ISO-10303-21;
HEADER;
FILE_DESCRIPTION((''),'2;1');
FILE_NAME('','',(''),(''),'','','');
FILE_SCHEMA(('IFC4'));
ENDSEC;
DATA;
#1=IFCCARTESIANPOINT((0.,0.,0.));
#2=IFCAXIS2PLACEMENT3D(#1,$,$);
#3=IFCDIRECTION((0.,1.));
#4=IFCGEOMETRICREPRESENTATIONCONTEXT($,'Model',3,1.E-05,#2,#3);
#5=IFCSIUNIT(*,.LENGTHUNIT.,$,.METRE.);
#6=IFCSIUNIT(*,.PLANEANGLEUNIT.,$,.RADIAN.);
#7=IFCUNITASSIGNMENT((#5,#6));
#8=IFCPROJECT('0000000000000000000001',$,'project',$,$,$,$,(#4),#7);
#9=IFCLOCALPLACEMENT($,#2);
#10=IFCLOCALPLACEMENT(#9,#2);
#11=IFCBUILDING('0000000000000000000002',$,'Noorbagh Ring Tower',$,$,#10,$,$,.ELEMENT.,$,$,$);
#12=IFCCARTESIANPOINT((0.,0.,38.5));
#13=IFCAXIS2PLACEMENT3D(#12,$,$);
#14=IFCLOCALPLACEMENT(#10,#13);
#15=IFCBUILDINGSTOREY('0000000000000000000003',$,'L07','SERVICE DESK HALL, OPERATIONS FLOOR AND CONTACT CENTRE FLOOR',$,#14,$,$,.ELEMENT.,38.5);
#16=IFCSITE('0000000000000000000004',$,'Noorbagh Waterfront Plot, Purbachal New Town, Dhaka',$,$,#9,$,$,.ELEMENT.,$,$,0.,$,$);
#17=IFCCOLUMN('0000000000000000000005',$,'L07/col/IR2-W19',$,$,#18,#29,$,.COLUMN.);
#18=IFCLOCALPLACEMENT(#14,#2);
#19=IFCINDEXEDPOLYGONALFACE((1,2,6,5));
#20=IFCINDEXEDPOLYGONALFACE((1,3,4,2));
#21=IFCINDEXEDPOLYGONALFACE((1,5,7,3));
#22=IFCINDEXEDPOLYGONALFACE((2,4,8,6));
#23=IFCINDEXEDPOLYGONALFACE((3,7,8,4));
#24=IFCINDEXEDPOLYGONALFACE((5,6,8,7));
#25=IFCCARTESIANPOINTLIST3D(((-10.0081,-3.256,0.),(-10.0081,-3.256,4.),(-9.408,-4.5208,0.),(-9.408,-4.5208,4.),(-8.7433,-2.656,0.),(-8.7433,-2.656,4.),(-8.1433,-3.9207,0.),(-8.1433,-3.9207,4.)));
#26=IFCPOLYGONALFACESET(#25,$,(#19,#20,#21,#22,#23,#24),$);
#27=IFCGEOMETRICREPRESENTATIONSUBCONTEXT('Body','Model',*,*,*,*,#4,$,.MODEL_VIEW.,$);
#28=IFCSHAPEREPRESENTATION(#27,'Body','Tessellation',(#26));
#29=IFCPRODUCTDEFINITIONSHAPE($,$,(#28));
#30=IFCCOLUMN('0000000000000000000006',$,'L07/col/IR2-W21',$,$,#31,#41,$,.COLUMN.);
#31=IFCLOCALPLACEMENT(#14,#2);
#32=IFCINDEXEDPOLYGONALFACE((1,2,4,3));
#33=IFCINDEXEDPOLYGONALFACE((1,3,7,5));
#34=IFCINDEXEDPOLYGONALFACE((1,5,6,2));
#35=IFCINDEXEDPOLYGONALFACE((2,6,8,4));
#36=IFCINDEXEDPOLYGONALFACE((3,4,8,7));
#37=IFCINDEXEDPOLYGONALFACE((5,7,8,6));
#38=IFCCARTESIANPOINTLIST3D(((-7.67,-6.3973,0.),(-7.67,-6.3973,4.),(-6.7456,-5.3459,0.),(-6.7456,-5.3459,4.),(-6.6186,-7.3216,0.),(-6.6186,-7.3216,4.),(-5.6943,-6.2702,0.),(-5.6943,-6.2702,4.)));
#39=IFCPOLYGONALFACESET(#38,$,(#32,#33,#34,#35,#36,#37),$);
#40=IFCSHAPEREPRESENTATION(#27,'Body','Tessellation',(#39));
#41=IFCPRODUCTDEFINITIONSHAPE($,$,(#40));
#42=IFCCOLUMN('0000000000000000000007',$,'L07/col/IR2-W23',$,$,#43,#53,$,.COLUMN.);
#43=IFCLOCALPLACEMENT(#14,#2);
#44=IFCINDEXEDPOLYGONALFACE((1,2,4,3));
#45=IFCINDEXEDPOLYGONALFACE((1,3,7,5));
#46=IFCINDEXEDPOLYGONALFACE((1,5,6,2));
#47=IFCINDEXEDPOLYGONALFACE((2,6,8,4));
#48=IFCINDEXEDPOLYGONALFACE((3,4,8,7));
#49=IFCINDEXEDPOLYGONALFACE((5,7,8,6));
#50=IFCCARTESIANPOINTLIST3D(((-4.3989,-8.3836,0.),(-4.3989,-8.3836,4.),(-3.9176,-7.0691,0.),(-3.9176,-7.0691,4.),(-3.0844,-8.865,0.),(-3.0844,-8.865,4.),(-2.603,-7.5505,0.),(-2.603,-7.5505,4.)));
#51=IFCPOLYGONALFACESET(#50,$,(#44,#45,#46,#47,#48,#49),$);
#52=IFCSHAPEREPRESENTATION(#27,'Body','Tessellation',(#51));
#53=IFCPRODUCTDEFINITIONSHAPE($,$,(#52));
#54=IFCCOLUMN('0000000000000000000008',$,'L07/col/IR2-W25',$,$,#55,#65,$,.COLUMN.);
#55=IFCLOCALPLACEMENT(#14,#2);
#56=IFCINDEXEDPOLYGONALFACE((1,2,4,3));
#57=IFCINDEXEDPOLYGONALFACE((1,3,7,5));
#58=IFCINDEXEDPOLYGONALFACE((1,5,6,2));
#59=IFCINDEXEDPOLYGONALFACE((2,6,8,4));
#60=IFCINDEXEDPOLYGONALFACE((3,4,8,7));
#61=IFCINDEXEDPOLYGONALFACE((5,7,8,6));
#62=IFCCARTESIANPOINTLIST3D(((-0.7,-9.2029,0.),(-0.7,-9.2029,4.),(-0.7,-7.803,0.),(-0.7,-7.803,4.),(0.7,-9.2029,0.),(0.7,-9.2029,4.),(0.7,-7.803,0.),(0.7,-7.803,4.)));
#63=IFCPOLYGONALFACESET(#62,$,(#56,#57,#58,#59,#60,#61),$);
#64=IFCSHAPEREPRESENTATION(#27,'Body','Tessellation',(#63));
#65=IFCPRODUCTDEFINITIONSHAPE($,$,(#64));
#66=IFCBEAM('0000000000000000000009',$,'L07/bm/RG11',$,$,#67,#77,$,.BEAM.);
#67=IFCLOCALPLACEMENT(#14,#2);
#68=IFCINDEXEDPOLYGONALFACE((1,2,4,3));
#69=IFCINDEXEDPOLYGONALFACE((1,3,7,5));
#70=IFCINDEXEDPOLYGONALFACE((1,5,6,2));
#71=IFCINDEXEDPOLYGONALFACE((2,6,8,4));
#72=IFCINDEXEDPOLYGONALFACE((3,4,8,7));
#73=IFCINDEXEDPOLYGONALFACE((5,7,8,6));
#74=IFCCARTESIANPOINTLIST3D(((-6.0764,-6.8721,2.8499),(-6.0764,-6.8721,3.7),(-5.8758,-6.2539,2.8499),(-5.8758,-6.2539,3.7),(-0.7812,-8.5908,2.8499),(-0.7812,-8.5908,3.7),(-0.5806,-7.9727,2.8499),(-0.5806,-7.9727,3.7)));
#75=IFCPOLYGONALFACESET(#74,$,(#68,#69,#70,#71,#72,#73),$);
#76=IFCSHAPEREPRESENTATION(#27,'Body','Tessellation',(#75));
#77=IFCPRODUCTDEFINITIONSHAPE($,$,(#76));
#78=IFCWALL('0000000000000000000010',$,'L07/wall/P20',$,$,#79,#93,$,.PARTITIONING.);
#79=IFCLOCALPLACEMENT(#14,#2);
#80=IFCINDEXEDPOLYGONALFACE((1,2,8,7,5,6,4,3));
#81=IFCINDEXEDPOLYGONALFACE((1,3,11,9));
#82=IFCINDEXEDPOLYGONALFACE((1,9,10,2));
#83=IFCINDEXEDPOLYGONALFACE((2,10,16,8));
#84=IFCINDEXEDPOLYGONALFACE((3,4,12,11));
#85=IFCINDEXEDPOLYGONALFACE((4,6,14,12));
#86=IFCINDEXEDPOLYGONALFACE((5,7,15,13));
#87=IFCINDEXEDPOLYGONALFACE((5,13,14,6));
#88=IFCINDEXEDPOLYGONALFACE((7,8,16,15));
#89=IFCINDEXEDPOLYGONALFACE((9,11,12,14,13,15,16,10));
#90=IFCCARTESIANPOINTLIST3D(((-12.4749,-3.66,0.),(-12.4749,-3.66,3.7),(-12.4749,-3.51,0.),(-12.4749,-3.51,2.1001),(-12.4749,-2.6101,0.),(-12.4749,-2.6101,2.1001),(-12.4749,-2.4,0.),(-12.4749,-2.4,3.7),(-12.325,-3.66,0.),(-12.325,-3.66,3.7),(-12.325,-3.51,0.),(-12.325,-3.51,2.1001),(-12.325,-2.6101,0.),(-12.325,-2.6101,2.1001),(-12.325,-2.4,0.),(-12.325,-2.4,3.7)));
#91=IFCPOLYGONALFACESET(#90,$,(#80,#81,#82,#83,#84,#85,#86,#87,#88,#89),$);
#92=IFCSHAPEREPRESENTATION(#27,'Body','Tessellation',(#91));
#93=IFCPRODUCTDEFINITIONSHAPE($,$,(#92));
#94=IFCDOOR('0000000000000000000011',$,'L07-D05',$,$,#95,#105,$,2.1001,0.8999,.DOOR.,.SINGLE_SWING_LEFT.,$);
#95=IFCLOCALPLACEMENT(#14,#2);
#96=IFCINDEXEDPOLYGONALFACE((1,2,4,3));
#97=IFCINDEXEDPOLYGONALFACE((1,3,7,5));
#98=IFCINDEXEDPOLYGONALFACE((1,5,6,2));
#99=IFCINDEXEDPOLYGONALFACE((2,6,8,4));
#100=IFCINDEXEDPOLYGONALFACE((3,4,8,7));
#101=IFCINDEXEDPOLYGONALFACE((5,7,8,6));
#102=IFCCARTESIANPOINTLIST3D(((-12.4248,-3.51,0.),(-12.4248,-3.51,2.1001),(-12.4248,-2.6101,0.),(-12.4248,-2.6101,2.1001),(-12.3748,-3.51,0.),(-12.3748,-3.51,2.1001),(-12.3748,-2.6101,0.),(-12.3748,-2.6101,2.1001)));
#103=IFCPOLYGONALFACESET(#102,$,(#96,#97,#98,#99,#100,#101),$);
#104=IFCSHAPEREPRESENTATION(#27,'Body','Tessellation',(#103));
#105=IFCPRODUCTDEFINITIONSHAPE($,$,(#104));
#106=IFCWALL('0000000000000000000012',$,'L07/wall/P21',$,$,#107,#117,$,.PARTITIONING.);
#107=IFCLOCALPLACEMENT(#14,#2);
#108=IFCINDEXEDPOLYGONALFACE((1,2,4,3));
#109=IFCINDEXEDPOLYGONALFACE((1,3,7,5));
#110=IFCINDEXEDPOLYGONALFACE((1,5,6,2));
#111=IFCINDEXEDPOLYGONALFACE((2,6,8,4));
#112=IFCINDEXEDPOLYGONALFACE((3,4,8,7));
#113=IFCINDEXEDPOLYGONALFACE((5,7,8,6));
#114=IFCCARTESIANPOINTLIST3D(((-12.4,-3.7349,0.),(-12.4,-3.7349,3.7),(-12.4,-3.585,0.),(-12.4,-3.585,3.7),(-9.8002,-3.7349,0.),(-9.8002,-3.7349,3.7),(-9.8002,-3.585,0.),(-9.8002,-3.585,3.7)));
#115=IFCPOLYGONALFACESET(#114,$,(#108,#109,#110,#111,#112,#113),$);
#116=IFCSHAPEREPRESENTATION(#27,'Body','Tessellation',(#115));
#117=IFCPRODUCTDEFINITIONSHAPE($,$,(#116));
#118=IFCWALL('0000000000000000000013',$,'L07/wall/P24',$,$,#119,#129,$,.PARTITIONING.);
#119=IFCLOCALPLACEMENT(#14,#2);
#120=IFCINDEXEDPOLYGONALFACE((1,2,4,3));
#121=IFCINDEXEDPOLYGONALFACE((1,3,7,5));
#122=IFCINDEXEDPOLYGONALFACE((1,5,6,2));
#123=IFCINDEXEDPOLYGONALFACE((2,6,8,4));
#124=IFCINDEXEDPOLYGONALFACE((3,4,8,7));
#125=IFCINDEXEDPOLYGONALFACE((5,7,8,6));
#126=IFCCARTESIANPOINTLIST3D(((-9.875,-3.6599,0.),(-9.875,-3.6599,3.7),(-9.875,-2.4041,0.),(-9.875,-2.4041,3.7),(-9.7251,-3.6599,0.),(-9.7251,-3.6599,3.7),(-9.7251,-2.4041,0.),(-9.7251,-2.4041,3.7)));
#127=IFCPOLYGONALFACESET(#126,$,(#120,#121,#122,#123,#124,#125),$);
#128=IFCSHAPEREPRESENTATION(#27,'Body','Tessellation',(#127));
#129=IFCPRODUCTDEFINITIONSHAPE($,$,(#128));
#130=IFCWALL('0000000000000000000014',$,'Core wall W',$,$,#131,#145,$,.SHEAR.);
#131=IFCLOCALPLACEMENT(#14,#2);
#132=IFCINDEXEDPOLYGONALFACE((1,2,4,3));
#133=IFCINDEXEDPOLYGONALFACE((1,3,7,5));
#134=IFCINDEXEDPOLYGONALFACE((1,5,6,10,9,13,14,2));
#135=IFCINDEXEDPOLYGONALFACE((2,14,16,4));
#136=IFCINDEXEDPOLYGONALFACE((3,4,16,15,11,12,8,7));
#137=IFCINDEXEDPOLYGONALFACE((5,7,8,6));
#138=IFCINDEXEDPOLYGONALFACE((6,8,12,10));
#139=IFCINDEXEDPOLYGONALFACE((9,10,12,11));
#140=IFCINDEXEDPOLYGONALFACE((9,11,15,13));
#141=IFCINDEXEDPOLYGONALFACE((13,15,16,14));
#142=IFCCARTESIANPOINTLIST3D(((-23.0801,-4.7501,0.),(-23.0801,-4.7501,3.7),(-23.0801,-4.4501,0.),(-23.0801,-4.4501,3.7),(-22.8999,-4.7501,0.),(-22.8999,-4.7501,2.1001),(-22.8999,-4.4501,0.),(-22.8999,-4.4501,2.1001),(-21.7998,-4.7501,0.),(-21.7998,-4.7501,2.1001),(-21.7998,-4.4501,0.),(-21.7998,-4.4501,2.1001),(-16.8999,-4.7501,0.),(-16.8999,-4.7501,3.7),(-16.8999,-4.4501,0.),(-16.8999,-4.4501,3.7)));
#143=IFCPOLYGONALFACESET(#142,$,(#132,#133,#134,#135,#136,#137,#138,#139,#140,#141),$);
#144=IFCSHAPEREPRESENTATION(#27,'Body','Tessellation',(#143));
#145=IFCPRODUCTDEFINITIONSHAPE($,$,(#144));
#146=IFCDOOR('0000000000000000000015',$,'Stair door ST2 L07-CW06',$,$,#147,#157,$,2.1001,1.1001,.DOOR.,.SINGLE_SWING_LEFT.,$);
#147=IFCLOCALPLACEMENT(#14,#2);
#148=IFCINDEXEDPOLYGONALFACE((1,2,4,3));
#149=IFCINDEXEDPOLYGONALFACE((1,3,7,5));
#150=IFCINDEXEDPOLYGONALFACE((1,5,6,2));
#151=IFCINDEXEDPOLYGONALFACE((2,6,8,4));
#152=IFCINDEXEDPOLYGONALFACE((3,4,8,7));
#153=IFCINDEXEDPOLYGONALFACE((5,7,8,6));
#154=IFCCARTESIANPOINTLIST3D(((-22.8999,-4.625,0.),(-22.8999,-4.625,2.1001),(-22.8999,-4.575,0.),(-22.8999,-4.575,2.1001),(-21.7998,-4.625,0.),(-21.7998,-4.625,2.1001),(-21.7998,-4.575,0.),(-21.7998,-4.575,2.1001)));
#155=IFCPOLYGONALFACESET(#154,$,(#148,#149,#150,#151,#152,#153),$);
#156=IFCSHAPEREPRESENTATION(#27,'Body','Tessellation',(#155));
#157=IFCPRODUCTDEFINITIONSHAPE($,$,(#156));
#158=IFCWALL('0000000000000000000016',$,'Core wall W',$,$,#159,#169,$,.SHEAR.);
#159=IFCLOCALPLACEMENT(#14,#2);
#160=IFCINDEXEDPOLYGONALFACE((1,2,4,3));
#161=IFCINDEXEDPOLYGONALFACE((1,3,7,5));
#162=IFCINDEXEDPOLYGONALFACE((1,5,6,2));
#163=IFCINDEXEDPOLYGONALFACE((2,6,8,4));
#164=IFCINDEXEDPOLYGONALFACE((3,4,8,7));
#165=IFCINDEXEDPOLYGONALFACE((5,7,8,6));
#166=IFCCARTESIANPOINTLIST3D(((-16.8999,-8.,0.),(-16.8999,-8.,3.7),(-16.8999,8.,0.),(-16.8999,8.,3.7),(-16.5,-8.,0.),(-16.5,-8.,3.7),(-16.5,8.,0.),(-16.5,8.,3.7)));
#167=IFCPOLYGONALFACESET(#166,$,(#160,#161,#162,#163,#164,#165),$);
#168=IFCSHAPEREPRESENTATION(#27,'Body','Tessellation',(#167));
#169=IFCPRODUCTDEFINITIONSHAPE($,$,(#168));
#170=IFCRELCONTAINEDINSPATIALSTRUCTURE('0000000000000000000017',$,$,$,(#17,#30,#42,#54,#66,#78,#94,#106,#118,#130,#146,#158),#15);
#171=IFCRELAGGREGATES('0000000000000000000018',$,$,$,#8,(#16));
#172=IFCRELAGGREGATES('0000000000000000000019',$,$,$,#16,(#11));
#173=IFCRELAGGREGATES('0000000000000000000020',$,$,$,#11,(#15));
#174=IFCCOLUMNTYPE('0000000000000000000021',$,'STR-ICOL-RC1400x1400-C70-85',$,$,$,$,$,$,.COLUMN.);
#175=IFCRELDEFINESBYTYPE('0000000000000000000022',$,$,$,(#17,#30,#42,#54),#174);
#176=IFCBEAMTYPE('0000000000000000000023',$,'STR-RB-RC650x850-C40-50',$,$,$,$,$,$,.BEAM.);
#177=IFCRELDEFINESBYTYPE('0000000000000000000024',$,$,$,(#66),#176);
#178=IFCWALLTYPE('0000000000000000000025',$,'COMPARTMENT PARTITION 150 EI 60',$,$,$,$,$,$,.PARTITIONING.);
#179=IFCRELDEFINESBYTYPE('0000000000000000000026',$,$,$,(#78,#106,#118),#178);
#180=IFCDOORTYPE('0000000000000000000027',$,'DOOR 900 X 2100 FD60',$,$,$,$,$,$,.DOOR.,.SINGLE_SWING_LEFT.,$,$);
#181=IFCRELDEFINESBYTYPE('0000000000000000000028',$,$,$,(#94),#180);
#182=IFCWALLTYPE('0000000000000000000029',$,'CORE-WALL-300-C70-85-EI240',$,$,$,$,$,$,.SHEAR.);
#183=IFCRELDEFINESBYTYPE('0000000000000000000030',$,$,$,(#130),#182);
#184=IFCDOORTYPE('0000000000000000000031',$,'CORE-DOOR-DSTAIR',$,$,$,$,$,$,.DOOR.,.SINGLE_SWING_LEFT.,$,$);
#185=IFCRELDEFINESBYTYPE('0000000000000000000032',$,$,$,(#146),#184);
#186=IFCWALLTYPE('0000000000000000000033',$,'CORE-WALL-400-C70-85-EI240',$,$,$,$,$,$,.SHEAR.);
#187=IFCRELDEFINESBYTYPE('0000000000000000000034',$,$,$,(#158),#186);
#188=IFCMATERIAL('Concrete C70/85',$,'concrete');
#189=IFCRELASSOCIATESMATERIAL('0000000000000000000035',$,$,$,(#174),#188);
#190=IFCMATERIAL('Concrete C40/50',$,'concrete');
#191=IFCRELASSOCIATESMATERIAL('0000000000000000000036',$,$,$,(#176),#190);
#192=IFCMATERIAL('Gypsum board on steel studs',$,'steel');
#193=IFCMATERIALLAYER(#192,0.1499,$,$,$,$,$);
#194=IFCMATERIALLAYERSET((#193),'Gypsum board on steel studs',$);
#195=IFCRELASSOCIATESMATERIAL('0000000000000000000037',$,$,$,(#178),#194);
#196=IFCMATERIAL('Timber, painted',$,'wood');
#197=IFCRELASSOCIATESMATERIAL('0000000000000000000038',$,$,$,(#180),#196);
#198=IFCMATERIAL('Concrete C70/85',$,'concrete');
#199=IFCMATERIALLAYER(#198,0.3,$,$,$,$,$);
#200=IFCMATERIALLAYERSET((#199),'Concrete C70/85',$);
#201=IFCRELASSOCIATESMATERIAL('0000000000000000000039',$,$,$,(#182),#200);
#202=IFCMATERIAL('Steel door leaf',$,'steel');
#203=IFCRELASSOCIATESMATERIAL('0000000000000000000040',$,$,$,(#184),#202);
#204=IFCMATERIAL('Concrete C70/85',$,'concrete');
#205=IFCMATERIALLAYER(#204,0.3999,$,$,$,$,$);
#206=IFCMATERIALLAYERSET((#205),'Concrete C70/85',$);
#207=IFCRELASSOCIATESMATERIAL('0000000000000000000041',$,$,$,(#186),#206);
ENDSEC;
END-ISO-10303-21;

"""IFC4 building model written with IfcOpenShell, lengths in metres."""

from ifc_helpers import new_model, si_unit, direction, frame, frame_2d, origin, origin_2d, place, context, subcontext, project, spatial, rectangle, extrude, material, layer, layer_set, material_profile, profile_set, type_object, element, fill, save


model = new_model("IFC4")

# Units and contexts
model_context = context("Model", 3, precision=1e-05, world=origin(), true_north=direction((0.0, 1.0)))
body_context = subcontext(model_context, "Body", "Model", "MODEL_VIEW")
ifc_project = project(units=[si_unit("LENGTHUNIT", "METRE"), si_unit("PLANEANGLEUNIT", "RADIAN")], contexts=[model_context])

# Site, building, storey
site_placement = place(None, origin())
site = spatial("IfcSite", under=ifc_project, at=site_placement, Name="Noorbagh Waterfront Plot, Purbachal New Town, Dhaka", CompositionType="ELEMENT", RefElevation=0.0)
building_placement = place(site_placement, origin())
building = spatial("IfcBuilding", under=site, at=building_placement, Name="Noorbagh Ring Tower", CompositionType="ELEMENT")
storey_placement = place(building_placement, frame((0.0, 0.0, 38.5)))
storey = spatial("IfcBuildingStorey", under=building, at=storey_placement, Name="L07", Description="SERVICE DESK HALL, OPERATIONS FLOOR AND CONTACT CENTRE FLOOR", CompositionType="ELEMENT", Elevation=38.5)

# Columns
ifc_material_1 = material(Name="Concrete C70/85", Category="concrete")
ifc_material_profile_1 = material_profile(ifc_material_1, rectangle(XDim=1.3999, YDim=1.3999, at=origin_2d()), Name="RC1400x1400")
ifc_profile_set_1 = profile_set([ifc_material_profile_1], Name="Concrete C70/85")
column_type = type_object("IfcColumnType", Name="STR-ICOL-RC1400x1400-C70-85", PredefinedType="COLUMN", material=ifc_profile_set_1)
for number, where, z_axis, x_axis, name in (
    (1, (-9.0757, -3.5884, 0.0), (0.0, 0.0, 1.0), (0.428667, -0.903463, 0.0), "L07/col/IR2-W19"),
    (2, (-6.6821, -6.3337, 0.0), (0.0, 0.0, 1.0), (0.751022, -0.660277, 0.0), "L07/col/IR2-W21"),
    (3, (-3.501, -7.967, 0.0), (0.0, 0.0, 1.0), (0.93902, -0.343864, 0.0), "L07/col/IR2-W23"),
    (4, (0.0, -8.5029, 0.0), (0.0, 0.0, 1.0), (1.0, 0.0, 0.0), "L07/col/IR2-W25"),
):
    element("IfcColumn", number, at=place(storey_placement, frame(where, z_axis=z_axis, x_axis=x_axis)), inside=storey, type_object=column_type, Name=name, PredefinedType="COLUMN", context=body_context, shape_type="SweptSolid", body=[
        extrude(rectangle(XDim=1.3999, YDim=1.3999, at=origin_2d()), origin(), (0.0, 0.0, 1.0), 4.0),
    ])

# Beam
ifc_material_2 = material(Name="Concrete C40/50", Category="concrete")
ifc_material_profile_2 = material_profile(ifc_material_2, rectangle(XDim=0.6499, YDim=0.8501, at=origin_2d()), Name="RC650x850")
ifc_profile_set_2 = profile_set([ifc_material_profile_2], Name="Concrete C40/50")
beam_type = type_object("IfcBeamType", Name="STR-RB-RC650x850-C40-50", PredefinedType="BEAM", material=ifc_profile_set_2)
beam_placement = place(storey_placement, frame((-5.9761, -6.563, 3.2749), z_axis=(0.951149, -0.308732, 0.0), x_axis=(0.308732, 0.951149, 0.0)))
element("IfcBeam", 5, at=beam_placement, inside=storey, type_object=beam_type, Name="L07/bm/RG11", PredefinedType="BEAM", context=body_context, shape_type="SweptSolid", body=[
    extrude(rectangle(XDim=0.6499, YDim=0.8501, at=origin_2d()), origin(), (0.0, 0.0, 1.0), 5.5671),
])

# Wall, opening, door
ifc_material_3 = material(Name="Gypsum board on steel studs", Category="steel")
ifc_layer_1 = layer(ifc_material_3, 0.1499)
ifc_layer_set_1 = layer_set([ifc_layer_1], Name="Gypsum board on steel studs")
wall_type_1 = type_object("IfcWallType", Name="COMPARTMENT PARTITION 150 EI 60", PredefinedType="PARTITIONING", material=ifc_layer_set_1)
wall_1_placement = place(storey_placement, frame((-12.3999, -3.6599, 0.0), z_axis=(0.0, 0.0, 1.0), x_axis=(0.0, 1.0, 0.0)))
wall_1 = element("IfcWall", 6, at=wall_1_placement, inside=storey, type_object=wall_type_1, Name="L07/wall/P20", PredefinedType="PARTITIONING", context=body_context, shape_type="SweptSolid", body=[
    extrude(rectangle(XDim=1.26, YDim=0.1499, at=frame_2d((0.6299, 0.0))), origin(), (0.0, 0.0, 1.0), 3.7),
])
opening_1_placement = place(wall_1_placement, frame((0.1499, 0.0, 0.0)))
opening_1 = element("IfcOpeningElement", 7, at=opening_1_placement, cuts=wall_1, PredefinedType="OPENING", context=body_context, shape_type="SweptSolid", body=[
    extrude(rectangle(XDim=0.8999, YDim=2.1001, at=frame_2d((0.45, 1.05))), frame((0.0, 0.085, 0.0), z_axis=(0.0, -1.0, 0.0), x_axis=(1.0, 0.0, 0.0)), (0.0, 0.0, 1.0), 0.1699),
])
ifc_material_4 = material(Name="Timber, painted", Category="wood")
door_type_1 = type_object("IfcDoorType", Name="DOOR 900 X 2100 FD60", OperationType="SINGLE_SWING_LEFT", PredefinedType="DOOR", material=ifc_material_4)
door_1_placement = place(opening_1_placement, origin())
door_1 = element("IfcDoor", 8, at=door_1_placement, inside=storey, type_object=door_type_1, Name="L07-D05", OperationType="SINGLE_SWING_LEFT", OverallHeight=2.1001, OverallWidth=0.8999, PredefinedType="DOOR", context=body_context, shape_type="SweptSolid", body=[
    extrude(rectangle(XDim=0.8999, YDim=2.1001, at=frame_2d((0.45, 1.05))), frame((0.0, 0.0249, 0.0), z_axis=(0.0, -1.0, 0.0), x_axis=(1.0, 0.0, 0.0)), (0.0, 0.0, 1.0), 0.05),
])
fill(opening_1, door_1)

# Walls
wall_2_placement = place(storey_placement, frame((-12.3999, -3.6599, 0.0), z_axis=(0.0, 0.0, 1.0), x_axis=(1.0, 0.0, 0.0)))
element("IfcWall", 9, at=wall_2_placement, inside=storey, type_object=wall_type_1, Name="L07/wall/P21", PredefinedType="PARTITIONING", context=body_context, shape_type="SweptSolid", body=[
    extrude(rectangle(XDim=2.5999, YDim=0.1499, at=frame_2d((1.2998, 0.0))), origin(), (0.0, 0.0, 1.0), 3.7),
])
wall_3_placement = place(storey_placement, frame((-9.8, -3.6599, 0.0), z_axis=(0.0, 0.0, 1.0), x_axis=(0.0, 1.0, 0.0)))
element("IfcWall", 10, at=wall_3_placement, inside=storey, type_object=wall_type_1, Name="L07/wall/P24", PredefinedType="PARTITIONING", context=body_context, shape_type="SweptSolid", body=[
    extrude(rectangle(XDim=1.2559, YDim=0.1499, at=frame_2d((0.6279, 0.0))), origin(), (0.0, 0.0, 1.0), 3.7),
])

# Wall, opening, door
ifc_material_5 = material(Name="Concrete C70/85", Category="concrete")
ifc_layer_2 = layer(ifc_material_5, 0.3)
ifc_layer_set_2 = layer_set([ifc_layer_2], Name="Concrete C70/85")
wall_type_2 = type_object("IfcWallType", Name="CORE-WALL-300-C70-85-EI240", PredefinedType="SHEAR", material=ifc_layer_set_2)
wall_4_placement = place(storey_placement, frame((-16.8999, -4.6001, 0.0), z_axis=(0.0, 0.0, 1.0), x_axis=(-1.0, 0.0, 0.0)))
wall_4 = element("IfcWall", 11, at=wall_4_placement, inside=storey, type_object=wall_type_2, Name="Core wall W", PredefinedType="SHEAR", context=body_context, shape_type="SweptSolid", body=[
    extrude(rectangle(XDim=6.1802, YDim=0.3, at=frame_2d((3.0901, 0.0))), origin(), (0.0, 0.0, 1.0), 3.7),
])
opening_2_placement = place(wall_4_placement, frame((4.8999, 0.0, 0.0)))
opening_2 = element("IfcOpeningElement", 12, at=opening_2_placement, cuts=wall_4, PredefinedType="OPENING", context=body_context, shape_type="SweptSolid", body=[
    extrude(rectangle(XDim=1.1001, YDim=2.1001, at=frame_2d((0.55, 1.05))), frame((0.0, 0.1602, 0.0), z_axis=(0.0, -1.0, 0.0), x_axis=(1.0, 0.0, 0.0)), (0.0, 0.0, 1.0), 0.3201),
])
ifc_material_6 = material(Name="Steel door leaf", Category="steel")
door_type_2 = type_object("IfcDoorType", Name="CORE-DOOR-DSTAIR", OperationType="SINGLE_SWING_LEFT", PredefinedType="DOOR", material=ifc_material_6)
door_2_placement = place(opening_2_placement, origin())
door_2 = element("IfcDoor", 13, at=door_2_placement, inside=storey, type_object=door_type_2, Name="Stair door ST2 L07-CW06", OperationType="SINGLE_SWING_LEFT", OverallHeight=2.1001, OverallWidth=1.1001, PredefinedType="DOOR", context=body_context, shape_type="SweptSolid", body=[
    extrude(rectangle(XDim=1.1001, YDim=2.1001, at=frame_2d((0.55, 1.05))), frame((0.0, 0.0249, 0.0), z_axis=(0.0, -1.0, 0.0), x_axis=(1.0, 0.0, 0.0)), (0.0, 0.0, 1.0), 0.05),
])
fill(opening_2, door_2)

# Wall
ifc_material_7 = material(Name="Concrete C70/85", Category="concrete")
ifc_layer_3 = layer(ifc_material_7, 0.3999)
ifc_layer_set_3 = layer_set([ifc_layer_3], Name="Concrete C70/85")
wall_type_3 = type_object("IfcWallType", Name="CORE-WALL-400-C70-85-EI240", PredefinedType="SHEAR", material=ifc_layer_set_3)
wall_5_placement = place(storey_placement, frame((-16.7, -8.0, 0.0), z_axis=(0.0, 0.0, 1.0), x_axis=(0.0, 1.0, 0.0)))
element("IfcWall", 14, at=wall_5_placement, inside=storey, type_object=wall_type_3, Name="Core wall W", PredefinedType="SHEAR", context=body_context, shape_type="SweptSolid", body=[
    extrude(rectangle(XDim=16.0, YDim=0.3999, at=frame_2d((8.0, 0.0))), origin(), (0.0, 0.0, 1.0), 3.7),
])

save(model, "model.ifc")
